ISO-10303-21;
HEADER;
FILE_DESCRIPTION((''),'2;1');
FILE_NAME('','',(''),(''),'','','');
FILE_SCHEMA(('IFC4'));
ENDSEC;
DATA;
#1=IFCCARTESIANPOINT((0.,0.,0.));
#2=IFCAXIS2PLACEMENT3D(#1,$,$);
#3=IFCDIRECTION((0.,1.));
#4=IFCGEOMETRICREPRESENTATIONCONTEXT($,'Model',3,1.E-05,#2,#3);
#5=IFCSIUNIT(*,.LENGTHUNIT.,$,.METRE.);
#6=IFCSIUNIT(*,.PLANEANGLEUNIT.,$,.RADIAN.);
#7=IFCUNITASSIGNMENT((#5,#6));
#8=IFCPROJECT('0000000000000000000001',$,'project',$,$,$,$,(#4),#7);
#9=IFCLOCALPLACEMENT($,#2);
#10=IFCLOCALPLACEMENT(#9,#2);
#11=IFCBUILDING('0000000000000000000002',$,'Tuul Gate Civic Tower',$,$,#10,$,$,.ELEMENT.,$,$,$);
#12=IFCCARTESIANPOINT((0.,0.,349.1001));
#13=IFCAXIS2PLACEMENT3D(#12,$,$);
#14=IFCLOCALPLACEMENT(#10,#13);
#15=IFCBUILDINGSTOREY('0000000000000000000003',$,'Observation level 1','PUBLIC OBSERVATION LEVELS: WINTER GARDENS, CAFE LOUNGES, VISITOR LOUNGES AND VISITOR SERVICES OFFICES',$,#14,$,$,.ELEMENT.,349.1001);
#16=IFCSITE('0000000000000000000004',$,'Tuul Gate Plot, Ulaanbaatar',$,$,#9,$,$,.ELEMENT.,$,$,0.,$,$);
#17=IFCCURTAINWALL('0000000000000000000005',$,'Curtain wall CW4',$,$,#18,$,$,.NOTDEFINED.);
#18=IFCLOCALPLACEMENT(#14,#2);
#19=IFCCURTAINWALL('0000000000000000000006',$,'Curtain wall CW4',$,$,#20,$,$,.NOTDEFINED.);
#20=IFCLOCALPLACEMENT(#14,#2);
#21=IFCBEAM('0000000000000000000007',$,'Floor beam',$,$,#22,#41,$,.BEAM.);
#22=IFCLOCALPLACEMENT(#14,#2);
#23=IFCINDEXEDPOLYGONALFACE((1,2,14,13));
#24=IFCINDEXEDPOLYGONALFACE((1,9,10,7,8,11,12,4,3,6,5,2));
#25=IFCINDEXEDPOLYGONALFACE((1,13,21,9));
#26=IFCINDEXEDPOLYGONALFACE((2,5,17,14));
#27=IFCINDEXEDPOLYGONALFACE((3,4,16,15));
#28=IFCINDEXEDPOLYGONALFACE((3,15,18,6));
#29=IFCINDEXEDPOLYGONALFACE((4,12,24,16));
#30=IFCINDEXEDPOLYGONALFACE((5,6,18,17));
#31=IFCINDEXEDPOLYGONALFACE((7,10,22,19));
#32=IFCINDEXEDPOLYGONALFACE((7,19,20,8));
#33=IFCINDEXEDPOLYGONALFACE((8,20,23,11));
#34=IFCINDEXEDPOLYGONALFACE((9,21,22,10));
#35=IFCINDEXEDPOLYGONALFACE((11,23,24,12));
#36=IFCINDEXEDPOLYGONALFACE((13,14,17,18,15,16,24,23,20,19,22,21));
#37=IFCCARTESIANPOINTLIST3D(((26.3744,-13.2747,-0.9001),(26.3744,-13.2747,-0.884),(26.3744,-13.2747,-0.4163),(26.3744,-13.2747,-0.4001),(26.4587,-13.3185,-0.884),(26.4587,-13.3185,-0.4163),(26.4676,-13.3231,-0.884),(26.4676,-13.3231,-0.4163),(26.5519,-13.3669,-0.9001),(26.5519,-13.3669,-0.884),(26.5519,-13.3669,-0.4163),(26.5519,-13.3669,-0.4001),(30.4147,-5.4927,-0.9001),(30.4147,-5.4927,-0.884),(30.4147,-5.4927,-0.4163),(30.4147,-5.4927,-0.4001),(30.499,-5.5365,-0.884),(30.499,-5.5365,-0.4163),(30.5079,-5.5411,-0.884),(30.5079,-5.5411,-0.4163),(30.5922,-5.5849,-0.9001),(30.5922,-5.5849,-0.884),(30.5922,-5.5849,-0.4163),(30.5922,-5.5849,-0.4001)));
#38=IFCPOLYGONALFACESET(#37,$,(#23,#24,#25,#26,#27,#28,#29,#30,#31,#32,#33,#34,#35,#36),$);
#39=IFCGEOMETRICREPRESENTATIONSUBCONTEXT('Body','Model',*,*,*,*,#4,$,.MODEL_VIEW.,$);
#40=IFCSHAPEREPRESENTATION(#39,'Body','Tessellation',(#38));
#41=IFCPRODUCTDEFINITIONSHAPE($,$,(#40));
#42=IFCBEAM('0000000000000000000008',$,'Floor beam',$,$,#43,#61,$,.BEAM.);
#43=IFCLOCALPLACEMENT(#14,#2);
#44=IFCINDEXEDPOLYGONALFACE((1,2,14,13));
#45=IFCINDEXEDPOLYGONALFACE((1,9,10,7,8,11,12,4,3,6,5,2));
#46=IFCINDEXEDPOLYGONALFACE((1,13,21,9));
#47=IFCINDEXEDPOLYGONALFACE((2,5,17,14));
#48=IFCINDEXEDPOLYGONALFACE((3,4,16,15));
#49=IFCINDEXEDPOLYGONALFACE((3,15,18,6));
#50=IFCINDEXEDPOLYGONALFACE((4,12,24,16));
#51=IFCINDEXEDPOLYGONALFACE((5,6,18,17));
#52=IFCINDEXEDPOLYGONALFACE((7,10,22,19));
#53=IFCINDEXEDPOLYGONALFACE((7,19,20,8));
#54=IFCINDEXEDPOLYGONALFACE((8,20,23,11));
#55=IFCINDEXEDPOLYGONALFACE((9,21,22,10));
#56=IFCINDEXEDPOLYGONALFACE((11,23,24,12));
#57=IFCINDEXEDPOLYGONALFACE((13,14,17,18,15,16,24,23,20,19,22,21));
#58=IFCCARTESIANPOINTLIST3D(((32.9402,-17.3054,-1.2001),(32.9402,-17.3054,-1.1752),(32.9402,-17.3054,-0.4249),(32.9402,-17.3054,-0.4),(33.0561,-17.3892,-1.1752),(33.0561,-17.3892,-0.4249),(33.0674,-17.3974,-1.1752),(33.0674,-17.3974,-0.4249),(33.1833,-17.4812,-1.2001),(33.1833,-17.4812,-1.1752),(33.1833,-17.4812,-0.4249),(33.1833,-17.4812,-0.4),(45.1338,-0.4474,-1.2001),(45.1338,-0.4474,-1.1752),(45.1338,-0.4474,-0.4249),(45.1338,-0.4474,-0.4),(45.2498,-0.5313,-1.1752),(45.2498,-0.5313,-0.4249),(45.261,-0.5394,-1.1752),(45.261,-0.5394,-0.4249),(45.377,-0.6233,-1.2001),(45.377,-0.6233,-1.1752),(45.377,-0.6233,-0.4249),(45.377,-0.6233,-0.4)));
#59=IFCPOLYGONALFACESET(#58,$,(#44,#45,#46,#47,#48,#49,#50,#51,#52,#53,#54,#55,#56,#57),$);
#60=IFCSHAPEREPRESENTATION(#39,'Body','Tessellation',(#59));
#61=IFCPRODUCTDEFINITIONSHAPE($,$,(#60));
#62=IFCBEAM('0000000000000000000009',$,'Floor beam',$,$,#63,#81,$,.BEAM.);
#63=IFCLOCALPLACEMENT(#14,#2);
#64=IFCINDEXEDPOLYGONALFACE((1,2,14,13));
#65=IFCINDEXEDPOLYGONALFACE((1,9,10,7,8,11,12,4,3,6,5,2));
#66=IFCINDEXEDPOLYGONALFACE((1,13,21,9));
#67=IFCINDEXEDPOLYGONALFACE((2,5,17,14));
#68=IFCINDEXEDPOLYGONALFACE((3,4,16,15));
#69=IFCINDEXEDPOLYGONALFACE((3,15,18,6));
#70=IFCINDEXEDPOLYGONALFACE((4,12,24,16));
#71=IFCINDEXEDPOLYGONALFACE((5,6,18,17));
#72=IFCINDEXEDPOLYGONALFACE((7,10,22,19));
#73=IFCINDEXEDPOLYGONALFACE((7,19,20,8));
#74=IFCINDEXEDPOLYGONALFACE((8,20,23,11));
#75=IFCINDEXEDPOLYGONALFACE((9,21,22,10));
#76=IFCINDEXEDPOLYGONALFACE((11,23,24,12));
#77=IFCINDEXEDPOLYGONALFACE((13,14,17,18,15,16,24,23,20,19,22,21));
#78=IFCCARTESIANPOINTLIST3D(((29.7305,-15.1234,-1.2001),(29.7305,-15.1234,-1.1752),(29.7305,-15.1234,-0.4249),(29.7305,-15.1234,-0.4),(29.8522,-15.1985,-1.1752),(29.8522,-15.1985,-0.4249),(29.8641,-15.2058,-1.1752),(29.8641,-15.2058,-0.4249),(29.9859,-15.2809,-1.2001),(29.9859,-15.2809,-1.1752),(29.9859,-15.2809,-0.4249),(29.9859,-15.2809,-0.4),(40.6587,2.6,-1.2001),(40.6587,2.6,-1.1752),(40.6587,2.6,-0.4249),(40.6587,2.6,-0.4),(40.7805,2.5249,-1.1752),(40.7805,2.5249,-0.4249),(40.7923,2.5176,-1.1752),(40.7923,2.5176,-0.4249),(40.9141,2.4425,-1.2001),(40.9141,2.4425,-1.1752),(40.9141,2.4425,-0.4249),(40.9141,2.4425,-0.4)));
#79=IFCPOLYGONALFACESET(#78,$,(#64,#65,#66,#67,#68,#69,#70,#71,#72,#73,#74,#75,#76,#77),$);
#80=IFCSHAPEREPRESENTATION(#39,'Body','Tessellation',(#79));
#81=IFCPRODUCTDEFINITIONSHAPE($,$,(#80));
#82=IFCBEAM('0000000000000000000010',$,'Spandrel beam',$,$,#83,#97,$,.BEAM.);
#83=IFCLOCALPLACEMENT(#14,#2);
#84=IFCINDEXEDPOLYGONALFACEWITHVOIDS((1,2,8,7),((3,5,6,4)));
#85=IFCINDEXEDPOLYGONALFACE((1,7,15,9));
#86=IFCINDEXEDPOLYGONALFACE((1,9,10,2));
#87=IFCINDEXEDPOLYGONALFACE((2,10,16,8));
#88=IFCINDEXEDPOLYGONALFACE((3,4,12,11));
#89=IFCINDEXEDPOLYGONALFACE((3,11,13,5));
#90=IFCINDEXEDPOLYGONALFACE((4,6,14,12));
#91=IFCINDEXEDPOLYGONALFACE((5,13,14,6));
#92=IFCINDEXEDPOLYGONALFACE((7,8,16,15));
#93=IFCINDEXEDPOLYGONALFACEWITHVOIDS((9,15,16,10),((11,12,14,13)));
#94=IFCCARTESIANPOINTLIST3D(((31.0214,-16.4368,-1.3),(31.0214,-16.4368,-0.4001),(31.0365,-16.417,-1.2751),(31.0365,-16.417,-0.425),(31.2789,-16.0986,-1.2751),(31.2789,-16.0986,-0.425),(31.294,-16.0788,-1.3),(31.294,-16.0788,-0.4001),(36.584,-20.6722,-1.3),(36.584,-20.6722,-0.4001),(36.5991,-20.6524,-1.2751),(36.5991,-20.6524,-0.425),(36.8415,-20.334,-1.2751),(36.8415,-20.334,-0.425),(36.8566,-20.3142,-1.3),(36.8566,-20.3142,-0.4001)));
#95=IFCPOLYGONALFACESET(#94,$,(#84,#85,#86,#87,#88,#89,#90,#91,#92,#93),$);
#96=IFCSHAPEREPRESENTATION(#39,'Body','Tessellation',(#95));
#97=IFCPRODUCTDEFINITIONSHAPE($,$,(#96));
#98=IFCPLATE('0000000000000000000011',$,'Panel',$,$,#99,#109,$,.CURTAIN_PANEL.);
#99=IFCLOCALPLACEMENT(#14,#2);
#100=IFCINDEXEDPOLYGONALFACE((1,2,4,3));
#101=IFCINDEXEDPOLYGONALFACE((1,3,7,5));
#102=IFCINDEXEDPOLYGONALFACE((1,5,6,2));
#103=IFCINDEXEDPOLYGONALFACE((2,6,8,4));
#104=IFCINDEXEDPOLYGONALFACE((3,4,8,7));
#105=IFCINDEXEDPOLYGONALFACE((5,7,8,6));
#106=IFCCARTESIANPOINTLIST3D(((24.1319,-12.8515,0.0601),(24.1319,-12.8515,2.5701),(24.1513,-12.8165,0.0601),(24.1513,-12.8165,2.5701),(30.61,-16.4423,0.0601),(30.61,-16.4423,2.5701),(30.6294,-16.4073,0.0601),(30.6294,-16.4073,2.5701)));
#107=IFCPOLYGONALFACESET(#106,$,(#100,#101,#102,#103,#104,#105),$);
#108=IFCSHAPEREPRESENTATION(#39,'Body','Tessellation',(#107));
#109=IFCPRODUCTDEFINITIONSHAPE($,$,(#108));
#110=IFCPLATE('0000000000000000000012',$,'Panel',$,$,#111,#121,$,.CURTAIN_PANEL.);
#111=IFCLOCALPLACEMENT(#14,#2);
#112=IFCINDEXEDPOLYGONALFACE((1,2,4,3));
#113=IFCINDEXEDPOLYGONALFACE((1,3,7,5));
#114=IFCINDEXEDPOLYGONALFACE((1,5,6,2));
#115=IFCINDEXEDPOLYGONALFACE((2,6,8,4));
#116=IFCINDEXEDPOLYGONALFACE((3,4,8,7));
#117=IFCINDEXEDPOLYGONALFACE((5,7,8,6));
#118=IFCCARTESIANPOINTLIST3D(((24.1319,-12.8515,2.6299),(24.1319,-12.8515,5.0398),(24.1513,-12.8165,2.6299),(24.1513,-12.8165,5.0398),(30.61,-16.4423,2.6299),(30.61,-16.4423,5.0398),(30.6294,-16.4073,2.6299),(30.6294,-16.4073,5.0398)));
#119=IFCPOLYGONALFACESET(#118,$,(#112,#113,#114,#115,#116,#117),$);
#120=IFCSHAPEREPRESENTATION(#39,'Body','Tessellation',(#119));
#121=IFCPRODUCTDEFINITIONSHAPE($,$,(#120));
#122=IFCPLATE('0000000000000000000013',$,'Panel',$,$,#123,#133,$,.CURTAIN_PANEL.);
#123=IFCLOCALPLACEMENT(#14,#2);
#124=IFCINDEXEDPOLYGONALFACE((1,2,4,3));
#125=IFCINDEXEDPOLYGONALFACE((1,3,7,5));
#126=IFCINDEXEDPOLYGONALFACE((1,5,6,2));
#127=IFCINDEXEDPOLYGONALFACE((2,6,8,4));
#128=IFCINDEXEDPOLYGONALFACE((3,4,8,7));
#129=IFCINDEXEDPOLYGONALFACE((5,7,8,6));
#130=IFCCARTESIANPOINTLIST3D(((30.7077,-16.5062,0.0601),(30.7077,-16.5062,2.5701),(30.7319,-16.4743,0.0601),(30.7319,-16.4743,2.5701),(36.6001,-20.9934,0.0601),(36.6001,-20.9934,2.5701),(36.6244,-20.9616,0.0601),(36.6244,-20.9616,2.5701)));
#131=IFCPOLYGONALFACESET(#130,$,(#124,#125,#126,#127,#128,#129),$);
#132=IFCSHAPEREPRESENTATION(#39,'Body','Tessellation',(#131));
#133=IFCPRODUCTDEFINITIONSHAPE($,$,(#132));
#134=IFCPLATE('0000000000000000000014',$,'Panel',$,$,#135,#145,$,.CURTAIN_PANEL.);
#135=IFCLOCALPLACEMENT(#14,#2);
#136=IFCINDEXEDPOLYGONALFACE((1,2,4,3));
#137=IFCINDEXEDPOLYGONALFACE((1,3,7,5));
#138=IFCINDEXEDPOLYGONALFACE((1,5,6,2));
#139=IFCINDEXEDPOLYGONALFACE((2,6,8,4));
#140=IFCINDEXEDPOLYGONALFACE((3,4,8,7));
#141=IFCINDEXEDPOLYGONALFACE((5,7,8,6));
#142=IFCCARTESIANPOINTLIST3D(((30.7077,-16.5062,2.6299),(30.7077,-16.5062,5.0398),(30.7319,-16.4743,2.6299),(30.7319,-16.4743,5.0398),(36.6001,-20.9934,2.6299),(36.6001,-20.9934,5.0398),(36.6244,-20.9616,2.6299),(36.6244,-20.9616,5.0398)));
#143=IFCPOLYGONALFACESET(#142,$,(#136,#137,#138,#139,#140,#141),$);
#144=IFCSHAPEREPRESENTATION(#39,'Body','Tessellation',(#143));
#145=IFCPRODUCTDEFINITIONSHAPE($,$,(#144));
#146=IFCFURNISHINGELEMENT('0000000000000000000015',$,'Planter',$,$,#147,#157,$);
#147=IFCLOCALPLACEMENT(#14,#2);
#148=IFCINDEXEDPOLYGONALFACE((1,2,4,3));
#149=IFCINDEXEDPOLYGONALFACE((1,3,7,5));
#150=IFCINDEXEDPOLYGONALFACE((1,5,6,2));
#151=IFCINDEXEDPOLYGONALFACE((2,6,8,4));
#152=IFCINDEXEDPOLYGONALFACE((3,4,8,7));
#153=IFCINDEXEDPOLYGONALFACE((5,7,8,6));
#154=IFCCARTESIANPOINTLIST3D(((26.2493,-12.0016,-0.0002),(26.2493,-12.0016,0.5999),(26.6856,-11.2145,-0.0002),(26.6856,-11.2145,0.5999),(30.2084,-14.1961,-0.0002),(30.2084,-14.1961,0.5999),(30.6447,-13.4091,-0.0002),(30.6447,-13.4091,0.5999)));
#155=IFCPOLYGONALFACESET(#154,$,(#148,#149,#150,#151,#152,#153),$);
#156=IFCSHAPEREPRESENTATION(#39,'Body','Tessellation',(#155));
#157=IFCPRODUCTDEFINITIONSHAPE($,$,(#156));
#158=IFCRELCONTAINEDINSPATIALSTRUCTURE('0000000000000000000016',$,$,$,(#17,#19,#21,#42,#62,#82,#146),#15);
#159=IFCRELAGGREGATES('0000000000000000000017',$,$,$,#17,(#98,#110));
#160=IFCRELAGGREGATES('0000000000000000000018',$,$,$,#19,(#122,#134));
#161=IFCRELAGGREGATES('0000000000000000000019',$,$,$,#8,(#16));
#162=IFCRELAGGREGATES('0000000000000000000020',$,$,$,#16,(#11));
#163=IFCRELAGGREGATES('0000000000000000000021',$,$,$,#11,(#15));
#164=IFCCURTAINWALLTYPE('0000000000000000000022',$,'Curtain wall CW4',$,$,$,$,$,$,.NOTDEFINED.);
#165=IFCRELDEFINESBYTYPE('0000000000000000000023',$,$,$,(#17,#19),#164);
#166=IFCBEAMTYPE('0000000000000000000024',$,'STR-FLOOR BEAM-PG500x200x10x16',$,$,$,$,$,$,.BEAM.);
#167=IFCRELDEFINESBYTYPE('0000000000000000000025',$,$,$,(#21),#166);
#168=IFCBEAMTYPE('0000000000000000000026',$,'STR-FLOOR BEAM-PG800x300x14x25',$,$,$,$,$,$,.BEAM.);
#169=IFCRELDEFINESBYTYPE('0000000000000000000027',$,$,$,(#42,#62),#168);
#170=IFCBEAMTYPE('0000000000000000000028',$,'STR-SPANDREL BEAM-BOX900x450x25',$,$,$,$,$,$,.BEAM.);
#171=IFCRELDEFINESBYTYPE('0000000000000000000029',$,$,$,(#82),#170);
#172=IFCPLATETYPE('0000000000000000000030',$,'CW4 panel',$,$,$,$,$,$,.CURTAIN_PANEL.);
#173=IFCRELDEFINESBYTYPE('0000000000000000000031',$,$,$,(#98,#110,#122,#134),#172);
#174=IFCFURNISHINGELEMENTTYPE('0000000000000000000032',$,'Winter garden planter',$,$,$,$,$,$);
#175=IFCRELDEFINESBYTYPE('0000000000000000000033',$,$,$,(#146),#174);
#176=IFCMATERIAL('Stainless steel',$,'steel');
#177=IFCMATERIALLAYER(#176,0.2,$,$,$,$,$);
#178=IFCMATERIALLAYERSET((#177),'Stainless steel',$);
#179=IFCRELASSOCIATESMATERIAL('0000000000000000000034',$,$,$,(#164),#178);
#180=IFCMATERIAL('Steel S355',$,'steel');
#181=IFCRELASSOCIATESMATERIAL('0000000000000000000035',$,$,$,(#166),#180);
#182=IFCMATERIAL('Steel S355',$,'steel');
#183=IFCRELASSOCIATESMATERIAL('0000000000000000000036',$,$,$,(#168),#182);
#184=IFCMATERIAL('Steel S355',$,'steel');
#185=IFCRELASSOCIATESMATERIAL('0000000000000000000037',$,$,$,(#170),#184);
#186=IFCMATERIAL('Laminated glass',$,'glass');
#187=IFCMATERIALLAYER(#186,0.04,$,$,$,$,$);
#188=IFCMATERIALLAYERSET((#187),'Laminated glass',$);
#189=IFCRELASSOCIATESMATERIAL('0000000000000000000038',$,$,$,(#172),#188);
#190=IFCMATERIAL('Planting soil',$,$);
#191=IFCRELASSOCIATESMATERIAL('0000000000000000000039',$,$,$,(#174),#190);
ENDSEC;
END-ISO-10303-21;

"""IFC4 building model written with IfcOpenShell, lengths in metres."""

from ifc_helpers import new_model, si_unit, direction, frame, origin, origin_2d, place, context, subcontext, project, spatial, rectangle, hollow_rectangle, i_section, extrude, material, layer, layer_set, material_profile, profile_set, type_object, element, aggregate, save


model = new_model("IFC4")

# Units and contexts
model_context = context("Model", 3, precision=1e-05, world=origin(), true_north=direction((0.0, 1.0)))
body_context = subcontext(model_context, "Body", "Model", "MODEL_VIEW")
ifc_project = project(units=[si_unit("LENGTHUNIT", "METRE"), si_unit("PLANEANGLEUNIT", "RADIAN")], contexts=[model_context])

# Site, building, storey
site_placement = place(None, origin())
site = spatial("IfcSite", under=ifc_project, at=site_placement, Name="Tuul Gate Plot, Ulaanbaatar", CompositionType="ELEMENT", RefElevation=0.0)
building_placement = place(site_placement, origin())
building = spatial("IfcBuilding", under=site, at=building_placement, Name="Tuul Gate Civic Tower", CompositionType="ELEMENT")
storey_placement = place(building_placement, frame((0.0, 0.0, 349.1001)))
storey = spatial("IfcBuildingStorey", under=building, at=storey_placement, Name="Observation level 1", Description="PUBLIC OBSERVATION LEVELS: WINTER GARDENS, CAFE LOUNGES, VISITOR LOUNGES AND VISITOR SERVICES OFFICES", CompositionType="ELEMENT", Elevation=349.1001)

# Curtain wall
ifc_material_1 = material(Name="Stainless steel", Category="steel")
ifc_layer_1 = layer(ifc_material_1, 0.2)
ifc_layer_set_1 = layer_set([ifc_layer_1], Name="Stainless steel")
curtain_wall_type = type_object("IfcCurtainWallType", Name="Curtain wall CW4", PredefinedType="NOTDEFINED", material=ifc_layer_set_1)
curtain_wall_1_placement = place(storey_placement, origin())
curtain_wall_1 = element("IfcCurtainWall", 1, at=curtain_wall_1_placement, inside=storey, type_object=curtain_wall_type, Name="Curtain wall CW4", PredefinedType="NOTDEFINED")

# Curtain wall
curtain_wall_2_placement = place(storey_placement, origin())
curtain_wall_2 = element("IfcCurtainWall", 2, at=curtain_wall_2_placement, inside=storey, type_object=curtain_wall_type, Name="Curtain wall CW4", PredefinedType="NOTDEFINED")

# Beams
ifc_material_2 = material(Name="Steel S355", Category="steel")
ifc_material_profile_1 = material_profile(ifc_material_2, i_section(OverallWidth=0.2, OverallDepth=0.5, WebThickness=0.01, FlangeThickness=0.0161, at=origin_2d()), Name="PG500x200x10x16")
ifc_profile_set_1 = profile_set([ifc_material_profile_1], Name="Steel S355")
beam_type_1 = type_object("IfcBeamType", Name="STR-FLOOR BEAM-PG500x200x10x16", PredefinedType="BEAM", material=ifc_profile_set_1)
beam_1_placement = place(storey_placement, frame((26.4631, -13.3208, -0.6501), z_axis=(0.460783, 0.887513, 0.0), x_axis=(-0.887513, 0.460783, 0.0)))
element("IfcBeam", 3, at=beam_1_placement, inside=storey, type_object=beam_type_1, Name="Floor beam", PredefinedType="BEAM", context=body_context, shape_type="SweptSolid", body=[
    extrude(i_section(OverallWidth=0.2, OverallDepth=0.5, WebThickness=0.01, FlangeThickness=0.0161, at=origin_2d()), origin(), (0.0, 0.0, 1.0), 8.7683),
])
ifc_material_3 = material(Name="Steel S355", Category="steel")
ifc_material_profile_2 = material_profile(ifc_material_3, i_section(OverallWidth=0.3, OverallDepth=0.8, WebThickness=0.0139, FlangeThickness=0.0249, at=origin_2d()), Name="PG800x300x14x25")
ifc_profile_set_2 = profile_set([ifc_material_profile_2], Name="Steel S355")
beam_type_2 = type_object("IfcBeamType", Name="STR-FLOOR BEAM-PG800x300x14x25", PredefinedType="BEAM", material=ifc_profile_set_2)
beam_2_placement = place(storey_placement, frame((33.0618, -17.3933, -0.8), z_axis=(0.586073, 0.810258, 0.0), x_axis=(-0.810258, 0.586073, 0.0)))
element("IfcBeam", 4, at=beam_2_placement, inside=storey, type_object=beam_type_2, Name="Floor beam", PredefinedType="BEAM", context=body_context, shape_type="SweptSolid", body=[
    extrude(i_section(OverallWidth=0.3, OverallDepth=0.8, WebThickness=0.0139, FlangeThickness=0.0249, at=origin_2d()), origin(), (0.0, 0.0, 1.0), 20.8057),
])
beam_3_placement = place(storey_placement, frame((29.8582, -15.2021, -0.8), z_axis=(0.524847, 0.851197, 0.0), x_axis=(-0.851197, 0.524847, 0.0)))
element("IfcBeam", 5, at=beam_3_placement, inside=storey, type_object=beam_type_2, Name="Floor beam", PredefinedType="BEAM", context=body_context, shape_type="SweptSolid", body=[
    extrude(i_section(OverallWidth=0.3, OverallDepth=0.8, WebThickness=0.0139, FlangeThickness=0.0249, at=origin_2d()), origin(), (0.0, 0.0, 1.0), 20.8218),
])
ifc_material_4 = material(Name="Steel S355", Category="steel")
ifc_material_profile_3 = material_profile(ifc_material_4, hollow_rectangle(XDim=0.45, YDim=0.8999, WallThickness=0.0249, at=origin_2d()), Name="BOX900x450x25")
ifc_profile_set_3 = profile_set([ifc_material_profile_3], Name="Steel S355")
beam_type_3 = type_object("IfcBeamType", Name="STR-SPANDREL BEAM-BOX900x450x25", PredefinedType="BEAM", material=ifc_profile_set_3)
beam_4_placement = place(storey_placement, frame((31.1577, -16.2578, -0.8501), z_axis=(0.795621, -0.605795, 0.0), x_axis=(0.605795, 0.795621, 0.0)))
element("IfcBeam", 6, at=beam_4_placement, inside=storey, type_object=beam_type_3, Name="Spandrel beam", PredefinedType="BEAM", context=body_context, shape_type="SweptSolid", body=[
    extrude(hollow_rectangle(XDim=0.45, YDim=0.8999, WallThickness=0.0249, at=origin_2d()), origin(), (0.0, 0.0, 1.0), 6.9915),
])

# Plates
ifc_material_5 = material(Name="Laminated glass", Category="glass")
ifc_layer_2 = layer(ifc_material_5, 0.04)
ifc_layer_set_2 = layer_set([ifc_layer_2], Name="Laminated glass")
plate_type = type_object("IfcPlateType", Name="CW4 panel", PredefinedType="CURTAIN_PANEL", material=ifc_layer_set_2)
plate_1_placement = place(storey_placement, frame((27.3806, -14.6294, 0.0601), z_axis=(0.0, 0.0, 1.0), x_axis=(0.874621, -0.484808, 0.0)))
plate_1 = element("IfcPlate", 7, at=plate_1_placement, type_object=plate_type, Name="Panel", PredefinedType="CURTAIN_PANEL", context=body_context, shape_type="SweptSolid", body=[
    extrude(rectangle(XDim=7.4067, YDim=0.04, at=origin_2d()), origin(), (0.0, 0.0, 1.0), 2.51),
])
plate_2_placement = place(storey_placement, frame((27.3806, -14.6294, 2.6299), z_axis=(0.0, 0.0, 1.0), x_axis=(0.874621, -0.484808, 0.0)))
plate_2 = element("IfcPlate", 8, at=plate_2_placement, type_object=plate_type, Name="Panel", PredefinedType="CURTAIN_PANEL", context=body_context, shape_type="SweptSolid", body=[
    extrude(rectangle(XDim=7.4067, YDim=0.04, at=origin_2d()), origin(), (0.0, 0.0, 1.0), 2.4099),
])
aggregate(curtain_wall_1, [plate_1, plate_2])
plate_3_placement = place(storey_placement, frame((33.666, -18.7339, 0.0601), z_axis=(0.0, 0.0, 1.0), x_axis=(0.795578, -0.605851, 0.0)))
plate_3 = element("IfcPlate", 9, at=plate_3_placement, type_object=plate_type, Name="Panel", PredefinedType="CURTAIN_PANEL", context=body_context, shape_type="SweptSolid", body=[
    extrude(rectangle(XDim=7.4065, YDim=0.04, at=origin_2d()), origin(), (0.0, 0.0, 1.0), 2.51),
])
plate_4_placement = place(storey_placement, frame((33.666, -18.7339, 2.6299), z_axis=(0.0, 0.0, 1.0), x_axis=(0.795578, -0.605851, 0.0)))
plate_4 = element("IfcPlate", 10, at=plate_4_placement, type_object=plate_type, Name="Panel", PredefinedType="CURTAIN_PANEL", context=body_context, shape_type="SweptSolid", body=[
    extrude(rectangle(XDim=7.4065, YDim=0.04, at=origin_2d()), origin(), (0.0, 0.0, 1.0), 2.4099),
])
aggregate(curtain_wall_2, [plate_3, plate_4])

# Furnishing element
ifc_material_6 = material(Name="Planting soil")
furnishing_element_type = type_object("IfcFurnishingElementType", Name="Winter garden planter", material=ifc_material_6)
furnishing_placement = place(storey_placement, frame((28.447, -12.7053, -0.0002), z_axis=(0.0, 0.0, 1.0), x_axis=(0.874621, -0.484808, 0.0)))
element("IfcFurnishingElement", 11, at=furnishing_placement, inside=storey, type_object=furnishing_element_type, Name="Planter", context=body_context, shape_type="SweptSolid", body=[
    extrude(rectangle(XDim=4.5266, YDim=0.8999, at=origin_2d()), origin(), (0.0, 0.0, 1.0), 0.6001),
])

save(model, "model.ifc")
